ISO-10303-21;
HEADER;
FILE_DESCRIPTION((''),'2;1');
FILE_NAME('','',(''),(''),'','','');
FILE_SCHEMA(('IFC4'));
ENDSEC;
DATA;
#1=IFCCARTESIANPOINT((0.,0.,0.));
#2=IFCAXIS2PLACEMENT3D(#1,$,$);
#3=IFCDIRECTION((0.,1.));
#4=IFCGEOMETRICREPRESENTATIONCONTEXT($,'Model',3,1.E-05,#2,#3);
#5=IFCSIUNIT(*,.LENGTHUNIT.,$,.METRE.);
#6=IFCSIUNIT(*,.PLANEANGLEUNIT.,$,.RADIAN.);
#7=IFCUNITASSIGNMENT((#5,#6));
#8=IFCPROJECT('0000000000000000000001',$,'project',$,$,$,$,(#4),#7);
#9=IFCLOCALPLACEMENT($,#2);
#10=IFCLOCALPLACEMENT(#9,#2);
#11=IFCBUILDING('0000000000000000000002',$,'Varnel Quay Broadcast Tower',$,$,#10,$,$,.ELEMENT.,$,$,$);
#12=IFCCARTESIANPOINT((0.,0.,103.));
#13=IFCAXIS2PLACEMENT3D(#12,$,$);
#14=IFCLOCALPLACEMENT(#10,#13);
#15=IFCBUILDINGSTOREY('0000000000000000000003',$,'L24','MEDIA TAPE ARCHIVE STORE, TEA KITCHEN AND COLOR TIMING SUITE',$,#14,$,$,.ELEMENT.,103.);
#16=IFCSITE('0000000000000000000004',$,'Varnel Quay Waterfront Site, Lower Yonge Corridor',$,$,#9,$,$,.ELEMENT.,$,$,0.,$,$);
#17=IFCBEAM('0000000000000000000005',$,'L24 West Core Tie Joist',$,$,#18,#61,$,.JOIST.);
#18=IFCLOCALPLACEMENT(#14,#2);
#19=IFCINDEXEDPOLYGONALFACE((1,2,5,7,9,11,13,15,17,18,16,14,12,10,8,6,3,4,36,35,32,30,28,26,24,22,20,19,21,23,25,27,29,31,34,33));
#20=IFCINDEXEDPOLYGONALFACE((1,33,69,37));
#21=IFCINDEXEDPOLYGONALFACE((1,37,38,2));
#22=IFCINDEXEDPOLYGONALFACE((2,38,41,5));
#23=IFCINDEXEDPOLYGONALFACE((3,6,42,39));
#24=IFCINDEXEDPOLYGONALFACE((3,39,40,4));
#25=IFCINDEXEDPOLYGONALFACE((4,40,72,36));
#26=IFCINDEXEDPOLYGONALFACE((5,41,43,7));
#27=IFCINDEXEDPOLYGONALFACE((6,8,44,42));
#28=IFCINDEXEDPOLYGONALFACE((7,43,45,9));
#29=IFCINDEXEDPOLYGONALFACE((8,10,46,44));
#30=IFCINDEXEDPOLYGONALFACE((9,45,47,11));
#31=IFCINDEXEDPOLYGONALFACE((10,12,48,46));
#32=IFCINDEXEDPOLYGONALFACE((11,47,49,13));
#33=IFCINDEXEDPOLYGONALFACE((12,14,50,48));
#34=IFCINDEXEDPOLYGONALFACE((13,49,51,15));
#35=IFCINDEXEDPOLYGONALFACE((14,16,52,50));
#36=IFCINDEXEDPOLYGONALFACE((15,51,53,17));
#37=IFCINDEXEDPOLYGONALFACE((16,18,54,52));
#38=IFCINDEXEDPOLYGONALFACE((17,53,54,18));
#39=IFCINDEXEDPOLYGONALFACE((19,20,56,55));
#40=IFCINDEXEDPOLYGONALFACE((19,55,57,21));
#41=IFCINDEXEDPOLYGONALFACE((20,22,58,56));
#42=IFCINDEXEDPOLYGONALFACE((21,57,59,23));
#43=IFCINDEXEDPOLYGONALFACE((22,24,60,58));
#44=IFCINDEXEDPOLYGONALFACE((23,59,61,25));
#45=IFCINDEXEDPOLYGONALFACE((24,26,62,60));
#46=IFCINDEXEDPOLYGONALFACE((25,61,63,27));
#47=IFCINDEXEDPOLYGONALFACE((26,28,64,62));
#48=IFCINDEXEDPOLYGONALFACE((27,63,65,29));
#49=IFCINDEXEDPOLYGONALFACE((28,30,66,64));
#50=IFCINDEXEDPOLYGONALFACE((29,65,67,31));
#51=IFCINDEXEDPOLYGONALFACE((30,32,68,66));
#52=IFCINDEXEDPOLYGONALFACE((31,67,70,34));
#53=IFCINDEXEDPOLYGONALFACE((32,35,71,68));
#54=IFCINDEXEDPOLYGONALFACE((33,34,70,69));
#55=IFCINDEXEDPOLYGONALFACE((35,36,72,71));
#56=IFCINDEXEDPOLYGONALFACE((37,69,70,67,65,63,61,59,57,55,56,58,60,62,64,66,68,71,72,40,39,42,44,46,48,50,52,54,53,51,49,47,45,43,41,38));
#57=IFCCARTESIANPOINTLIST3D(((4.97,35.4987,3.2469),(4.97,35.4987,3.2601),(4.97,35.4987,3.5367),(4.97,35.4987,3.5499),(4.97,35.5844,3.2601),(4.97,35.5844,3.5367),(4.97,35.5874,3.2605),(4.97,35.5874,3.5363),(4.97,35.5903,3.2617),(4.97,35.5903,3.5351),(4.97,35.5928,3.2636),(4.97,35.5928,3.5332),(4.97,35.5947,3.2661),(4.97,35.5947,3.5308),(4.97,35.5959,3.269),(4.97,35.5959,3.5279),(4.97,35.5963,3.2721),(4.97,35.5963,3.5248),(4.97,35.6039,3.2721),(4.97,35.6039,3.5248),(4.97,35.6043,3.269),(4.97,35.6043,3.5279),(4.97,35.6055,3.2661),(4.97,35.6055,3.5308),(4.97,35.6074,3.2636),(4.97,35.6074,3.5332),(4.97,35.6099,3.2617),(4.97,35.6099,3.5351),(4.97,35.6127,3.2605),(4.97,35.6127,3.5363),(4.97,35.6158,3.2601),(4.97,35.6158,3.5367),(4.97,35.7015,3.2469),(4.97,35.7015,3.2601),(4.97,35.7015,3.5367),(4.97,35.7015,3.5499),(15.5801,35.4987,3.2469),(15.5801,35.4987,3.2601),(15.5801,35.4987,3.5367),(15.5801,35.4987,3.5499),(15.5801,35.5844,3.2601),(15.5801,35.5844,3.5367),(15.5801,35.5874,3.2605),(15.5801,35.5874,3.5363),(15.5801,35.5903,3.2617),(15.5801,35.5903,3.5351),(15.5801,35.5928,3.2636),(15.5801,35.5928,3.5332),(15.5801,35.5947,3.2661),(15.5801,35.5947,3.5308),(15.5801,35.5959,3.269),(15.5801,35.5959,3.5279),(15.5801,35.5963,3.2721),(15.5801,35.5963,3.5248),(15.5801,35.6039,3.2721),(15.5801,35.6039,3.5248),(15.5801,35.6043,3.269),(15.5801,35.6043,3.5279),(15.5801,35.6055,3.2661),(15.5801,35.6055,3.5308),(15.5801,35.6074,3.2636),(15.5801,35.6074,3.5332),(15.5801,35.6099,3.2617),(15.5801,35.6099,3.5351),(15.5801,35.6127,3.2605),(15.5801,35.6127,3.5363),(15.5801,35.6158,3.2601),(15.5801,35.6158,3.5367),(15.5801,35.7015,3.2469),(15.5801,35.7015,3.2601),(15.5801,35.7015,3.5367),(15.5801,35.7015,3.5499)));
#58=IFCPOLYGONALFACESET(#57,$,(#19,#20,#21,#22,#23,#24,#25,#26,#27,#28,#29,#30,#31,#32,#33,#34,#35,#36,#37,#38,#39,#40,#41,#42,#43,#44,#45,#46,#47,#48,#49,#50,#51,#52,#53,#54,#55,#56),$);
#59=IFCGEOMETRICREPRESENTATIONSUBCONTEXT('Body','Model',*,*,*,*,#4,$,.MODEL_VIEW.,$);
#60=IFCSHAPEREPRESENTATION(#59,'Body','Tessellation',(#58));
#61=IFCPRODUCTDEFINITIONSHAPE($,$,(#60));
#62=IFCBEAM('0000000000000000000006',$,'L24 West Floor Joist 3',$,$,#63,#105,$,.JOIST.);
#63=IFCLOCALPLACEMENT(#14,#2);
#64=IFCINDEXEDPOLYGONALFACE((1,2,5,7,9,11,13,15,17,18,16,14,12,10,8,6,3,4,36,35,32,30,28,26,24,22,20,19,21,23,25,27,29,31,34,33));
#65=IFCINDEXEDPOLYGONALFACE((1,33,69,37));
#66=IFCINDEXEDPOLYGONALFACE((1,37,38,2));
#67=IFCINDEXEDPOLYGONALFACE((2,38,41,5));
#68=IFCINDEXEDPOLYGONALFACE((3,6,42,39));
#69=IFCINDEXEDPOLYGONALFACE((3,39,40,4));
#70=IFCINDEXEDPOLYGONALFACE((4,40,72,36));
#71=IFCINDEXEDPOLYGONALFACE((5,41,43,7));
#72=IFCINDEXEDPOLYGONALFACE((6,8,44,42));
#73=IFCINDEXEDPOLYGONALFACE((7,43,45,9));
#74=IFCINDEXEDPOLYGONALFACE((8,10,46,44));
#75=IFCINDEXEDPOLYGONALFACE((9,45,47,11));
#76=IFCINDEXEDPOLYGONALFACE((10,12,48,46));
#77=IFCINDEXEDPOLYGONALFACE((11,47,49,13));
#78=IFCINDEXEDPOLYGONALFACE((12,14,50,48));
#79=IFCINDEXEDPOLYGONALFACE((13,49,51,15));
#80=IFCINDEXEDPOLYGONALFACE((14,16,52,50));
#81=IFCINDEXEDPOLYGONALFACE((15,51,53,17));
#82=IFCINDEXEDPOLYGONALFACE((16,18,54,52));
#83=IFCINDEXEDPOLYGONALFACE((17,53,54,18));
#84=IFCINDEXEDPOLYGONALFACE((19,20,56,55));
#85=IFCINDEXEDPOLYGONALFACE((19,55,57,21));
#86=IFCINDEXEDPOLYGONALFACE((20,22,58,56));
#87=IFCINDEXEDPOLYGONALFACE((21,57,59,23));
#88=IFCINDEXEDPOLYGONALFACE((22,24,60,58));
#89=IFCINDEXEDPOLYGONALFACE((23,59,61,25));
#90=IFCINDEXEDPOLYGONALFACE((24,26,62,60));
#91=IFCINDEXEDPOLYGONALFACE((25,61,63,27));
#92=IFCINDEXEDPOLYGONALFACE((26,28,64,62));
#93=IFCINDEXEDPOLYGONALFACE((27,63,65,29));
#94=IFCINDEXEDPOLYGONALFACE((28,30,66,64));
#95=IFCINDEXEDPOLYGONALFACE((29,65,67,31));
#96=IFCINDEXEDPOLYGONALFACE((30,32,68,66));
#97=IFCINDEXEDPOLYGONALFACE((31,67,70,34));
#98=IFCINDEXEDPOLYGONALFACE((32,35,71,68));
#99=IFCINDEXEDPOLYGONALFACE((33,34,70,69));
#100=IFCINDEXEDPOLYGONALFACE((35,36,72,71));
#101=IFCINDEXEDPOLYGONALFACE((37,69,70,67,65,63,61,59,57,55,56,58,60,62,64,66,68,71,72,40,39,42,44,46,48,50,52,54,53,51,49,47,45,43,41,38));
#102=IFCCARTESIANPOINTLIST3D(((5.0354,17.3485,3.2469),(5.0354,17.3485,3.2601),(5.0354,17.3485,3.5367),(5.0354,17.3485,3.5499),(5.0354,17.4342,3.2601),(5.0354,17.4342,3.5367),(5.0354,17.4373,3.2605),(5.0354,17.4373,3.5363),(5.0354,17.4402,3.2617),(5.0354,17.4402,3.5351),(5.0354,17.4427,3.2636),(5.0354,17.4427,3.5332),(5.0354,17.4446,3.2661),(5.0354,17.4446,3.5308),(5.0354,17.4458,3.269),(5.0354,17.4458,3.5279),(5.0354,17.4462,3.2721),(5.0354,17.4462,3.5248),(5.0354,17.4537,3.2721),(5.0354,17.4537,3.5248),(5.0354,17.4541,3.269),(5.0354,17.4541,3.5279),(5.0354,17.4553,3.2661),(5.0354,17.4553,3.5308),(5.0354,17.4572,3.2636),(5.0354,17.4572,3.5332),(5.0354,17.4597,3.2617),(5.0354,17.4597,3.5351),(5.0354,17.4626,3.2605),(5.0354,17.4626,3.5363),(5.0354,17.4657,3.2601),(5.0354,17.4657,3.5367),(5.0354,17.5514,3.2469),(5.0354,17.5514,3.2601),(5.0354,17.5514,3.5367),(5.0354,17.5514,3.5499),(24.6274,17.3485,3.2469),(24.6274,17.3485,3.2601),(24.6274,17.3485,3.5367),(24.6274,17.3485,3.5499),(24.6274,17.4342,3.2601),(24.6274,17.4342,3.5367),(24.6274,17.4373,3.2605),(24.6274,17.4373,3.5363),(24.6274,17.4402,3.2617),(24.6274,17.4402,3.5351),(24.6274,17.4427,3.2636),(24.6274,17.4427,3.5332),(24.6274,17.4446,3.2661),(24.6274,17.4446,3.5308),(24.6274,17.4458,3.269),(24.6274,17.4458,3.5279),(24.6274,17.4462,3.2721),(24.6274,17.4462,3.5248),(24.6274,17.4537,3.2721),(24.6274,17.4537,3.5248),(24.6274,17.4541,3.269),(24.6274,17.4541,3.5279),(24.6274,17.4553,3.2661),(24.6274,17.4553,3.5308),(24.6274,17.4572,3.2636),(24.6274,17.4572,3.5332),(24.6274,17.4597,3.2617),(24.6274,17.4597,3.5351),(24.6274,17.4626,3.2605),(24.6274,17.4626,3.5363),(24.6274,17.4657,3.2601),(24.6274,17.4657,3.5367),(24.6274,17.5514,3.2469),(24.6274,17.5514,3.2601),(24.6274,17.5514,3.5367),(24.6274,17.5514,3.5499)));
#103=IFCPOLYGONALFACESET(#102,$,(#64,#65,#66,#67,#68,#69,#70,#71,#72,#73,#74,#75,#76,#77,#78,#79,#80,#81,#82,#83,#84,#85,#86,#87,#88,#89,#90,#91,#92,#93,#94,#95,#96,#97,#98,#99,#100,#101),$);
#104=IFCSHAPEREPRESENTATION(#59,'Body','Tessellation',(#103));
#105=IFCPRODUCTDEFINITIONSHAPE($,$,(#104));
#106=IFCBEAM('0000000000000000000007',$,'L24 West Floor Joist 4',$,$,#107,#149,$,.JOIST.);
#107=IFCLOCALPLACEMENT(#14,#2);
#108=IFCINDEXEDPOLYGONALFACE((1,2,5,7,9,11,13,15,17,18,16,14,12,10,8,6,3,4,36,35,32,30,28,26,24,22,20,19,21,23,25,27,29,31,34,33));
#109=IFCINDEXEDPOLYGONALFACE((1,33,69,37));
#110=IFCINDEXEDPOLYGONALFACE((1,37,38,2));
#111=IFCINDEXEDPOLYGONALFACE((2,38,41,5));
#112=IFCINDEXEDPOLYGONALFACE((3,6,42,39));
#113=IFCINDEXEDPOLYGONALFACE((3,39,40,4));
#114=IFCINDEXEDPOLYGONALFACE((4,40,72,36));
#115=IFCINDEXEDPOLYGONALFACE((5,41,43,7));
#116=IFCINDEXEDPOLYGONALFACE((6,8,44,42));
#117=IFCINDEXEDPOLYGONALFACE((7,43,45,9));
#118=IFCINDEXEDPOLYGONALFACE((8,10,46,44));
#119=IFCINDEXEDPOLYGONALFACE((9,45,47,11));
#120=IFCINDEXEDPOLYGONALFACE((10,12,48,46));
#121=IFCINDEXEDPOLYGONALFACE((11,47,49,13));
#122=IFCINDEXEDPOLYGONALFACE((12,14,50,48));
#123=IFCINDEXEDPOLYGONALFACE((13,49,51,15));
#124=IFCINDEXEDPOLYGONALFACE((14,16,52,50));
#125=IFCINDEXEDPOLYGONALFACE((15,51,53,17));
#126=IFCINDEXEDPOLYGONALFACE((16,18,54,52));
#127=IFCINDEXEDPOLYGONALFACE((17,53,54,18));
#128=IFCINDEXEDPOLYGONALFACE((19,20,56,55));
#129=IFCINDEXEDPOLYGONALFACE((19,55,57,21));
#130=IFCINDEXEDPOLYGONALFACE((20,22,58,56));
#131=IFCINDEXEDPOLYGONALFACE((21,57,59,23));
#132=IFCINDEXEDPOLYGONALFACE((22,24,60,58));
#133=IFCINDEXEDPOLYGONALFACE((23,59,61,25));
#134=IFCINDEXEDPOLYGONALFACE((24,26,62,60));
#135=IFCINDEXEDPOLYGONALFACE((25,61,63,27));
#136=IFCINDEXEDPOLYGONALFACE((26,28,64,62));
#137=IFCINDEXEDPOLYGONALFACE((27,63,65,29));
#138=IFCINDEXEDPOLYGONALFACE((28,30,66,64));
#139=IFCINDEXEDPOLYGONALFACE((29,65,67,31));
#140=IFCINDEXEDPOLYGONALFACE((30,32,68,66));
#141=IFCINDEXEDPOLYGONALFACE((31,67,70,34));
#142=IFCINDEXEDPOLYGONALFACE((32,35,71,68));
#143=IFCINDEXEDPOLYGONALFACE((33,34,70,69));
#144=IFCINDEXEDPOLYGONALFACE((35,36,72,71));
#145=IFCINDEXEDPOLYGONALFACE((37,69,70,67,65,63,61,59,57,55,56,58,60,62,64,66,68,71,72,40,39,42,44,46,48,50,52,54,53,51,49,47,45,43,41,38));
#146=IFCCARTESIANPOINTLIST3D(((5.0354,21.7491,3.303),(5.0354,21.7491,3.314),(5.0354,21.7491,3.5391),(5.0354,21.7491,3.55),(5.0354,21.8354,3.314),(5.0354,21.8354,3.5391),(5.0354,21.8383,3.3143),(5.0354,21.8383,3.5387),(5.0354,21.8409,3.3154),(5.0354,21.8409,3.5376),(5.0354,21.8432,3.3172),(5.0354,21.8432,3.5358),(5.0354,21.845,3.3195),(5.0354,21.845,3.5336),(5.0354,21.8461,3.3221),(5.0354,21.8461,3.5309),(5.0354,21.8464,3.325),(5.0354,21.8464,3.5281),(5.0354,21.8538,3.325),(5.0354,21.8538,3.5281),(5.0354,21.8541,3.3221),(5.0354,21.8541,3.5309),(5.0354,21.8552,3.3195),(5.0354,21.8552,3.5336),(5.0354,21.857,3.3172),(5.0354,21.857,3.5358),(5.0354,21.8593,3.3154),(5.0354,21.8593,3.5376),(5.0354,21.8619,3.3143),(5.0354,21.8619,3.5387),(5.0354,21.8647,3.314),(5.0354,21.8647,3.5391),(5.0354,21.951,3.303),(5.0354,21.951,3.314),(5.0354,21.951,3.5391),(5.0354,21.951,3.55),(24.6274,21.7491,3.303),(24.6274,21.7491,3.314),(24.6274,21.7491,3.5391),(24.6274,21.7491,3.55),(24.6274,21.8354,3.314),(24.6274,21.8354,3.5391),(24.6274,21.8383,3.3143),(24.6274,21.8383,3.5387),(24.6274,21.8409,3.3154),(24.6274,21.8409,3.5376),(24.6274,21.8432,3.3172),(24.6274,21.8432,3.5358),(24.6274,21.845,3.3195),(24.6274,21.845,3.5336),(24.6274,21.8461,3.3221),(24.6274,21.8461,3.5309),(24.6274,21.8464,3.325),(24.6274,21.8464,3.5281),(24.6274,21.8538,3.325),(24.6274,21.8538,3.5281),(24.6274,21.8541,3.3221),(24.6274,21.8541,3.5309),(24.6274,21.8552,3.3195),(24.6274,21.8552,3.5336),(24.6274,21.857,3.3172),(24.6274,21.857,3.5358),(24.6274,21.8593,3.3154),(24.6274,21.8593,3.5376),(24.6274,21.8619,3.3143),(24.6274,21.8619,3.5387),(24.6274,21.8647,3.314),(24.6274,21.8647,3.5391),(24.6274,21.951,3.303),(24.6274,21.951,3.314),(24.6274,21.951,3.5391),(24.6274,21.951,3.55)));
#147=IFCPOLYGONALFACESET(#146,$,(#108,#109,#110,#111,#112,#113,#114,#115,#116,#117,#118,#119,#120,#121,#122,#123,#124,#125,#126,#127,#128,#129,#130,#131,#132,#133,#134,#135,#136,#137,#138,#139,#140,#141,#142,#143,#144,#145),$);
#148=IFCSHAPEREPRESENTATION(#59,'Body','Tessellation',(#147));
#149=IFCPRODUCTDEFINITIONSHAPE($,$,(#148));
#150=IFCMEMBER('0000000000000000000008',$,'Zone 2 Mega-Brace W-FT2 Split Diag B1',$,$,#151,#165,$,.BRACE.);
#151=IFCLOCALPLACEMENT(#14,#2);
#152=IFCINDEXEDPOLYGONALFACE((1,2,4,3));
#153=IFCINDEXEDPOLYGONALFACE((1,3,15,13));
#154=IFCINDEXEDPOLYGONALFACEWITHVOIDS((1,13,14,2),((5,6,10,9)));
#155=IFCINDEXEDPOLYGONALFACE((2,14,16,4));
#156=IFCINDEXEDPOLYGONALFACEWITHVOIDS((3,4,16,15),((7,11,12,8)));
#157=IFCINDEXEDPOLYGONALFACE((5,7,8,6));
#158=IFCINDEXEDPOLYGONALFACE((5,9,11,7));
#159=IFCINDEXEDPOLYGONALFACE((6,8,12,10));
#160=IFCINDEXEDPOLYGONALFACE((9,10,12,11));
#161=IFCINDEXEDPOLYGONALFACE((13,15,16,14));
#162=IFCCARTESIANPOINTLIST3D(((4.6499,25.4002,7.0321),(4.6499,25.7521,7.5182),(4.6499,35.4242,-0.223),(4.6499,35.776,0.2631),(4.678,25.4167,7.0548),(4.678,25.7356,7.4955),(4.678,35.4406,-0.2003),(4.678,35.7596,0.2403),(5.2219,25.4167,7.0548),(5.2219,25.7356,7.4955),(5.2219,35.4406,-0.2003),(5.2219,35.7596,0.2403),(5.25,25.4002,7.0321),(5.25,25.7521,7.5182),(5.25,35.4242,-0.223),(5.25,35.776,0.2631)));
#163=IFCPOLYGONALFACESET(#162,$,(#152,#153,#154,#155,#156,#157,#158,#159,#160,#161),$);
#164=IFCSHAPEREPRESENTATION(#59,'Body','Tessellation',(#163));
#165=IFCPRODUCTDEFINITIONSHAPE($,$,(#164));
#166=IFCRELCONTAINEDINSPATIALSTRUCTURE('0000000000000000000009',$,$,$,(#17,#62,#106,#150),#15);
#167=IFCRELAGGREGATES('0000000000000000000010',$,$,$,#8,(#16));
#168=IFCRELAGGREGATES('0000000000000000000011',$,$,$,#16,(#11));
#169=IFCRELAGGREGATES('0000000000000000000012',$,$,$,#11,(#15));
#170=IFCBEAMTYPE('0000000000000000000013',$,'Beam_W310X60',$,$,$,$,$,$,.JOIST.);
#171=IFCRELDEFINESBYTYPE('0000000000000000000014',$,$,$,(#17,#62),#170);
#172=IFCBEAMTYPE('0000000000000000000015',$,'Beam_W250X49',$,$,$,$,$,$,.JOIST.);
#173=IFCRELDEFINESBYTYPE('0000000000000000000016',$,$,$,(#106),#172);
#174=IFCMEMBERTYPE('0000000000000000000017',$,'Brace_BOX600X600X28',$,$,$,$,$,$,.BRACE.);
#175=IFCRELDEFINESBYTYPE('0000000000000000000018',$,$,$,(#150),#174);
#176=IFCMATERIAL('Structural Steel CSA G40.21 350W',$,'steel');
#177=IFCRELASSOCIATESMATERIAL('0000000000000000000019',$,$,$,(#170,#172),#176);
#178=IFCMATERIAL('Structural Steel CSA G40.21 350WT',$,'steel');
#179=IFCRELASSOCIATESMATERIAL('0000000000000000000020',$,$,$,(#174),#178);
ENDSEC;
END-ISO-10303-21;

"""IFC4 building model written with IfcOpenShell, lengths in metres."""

from ifc_helpers import new_model, si_unit, direction, frame, origin, origin_2d, place, context, subcontext, project, spatial, hollow_rectangle, i_section, extrude, source, transform, mapped, material, material_profile, profile_set, type_object, type_shapes, element, save


model = new_model("IFC4")

# Units and contexts
model_context = context("Model", 3, precision=1e-05, world=origin(), true_north=direction((0.0, 1.0)))
body_context = subcontext(model_context, "Body", "Model", "MODEL_VIEW")
ifc_project = project(units=[si_unit("LENGTHUNIT", "METRE"), si_unit("PLANEANGLEUNIT", "RADIAN")], contexts=[model_context])

# Site, building, storey
site_placement = place(None, origin())
site = spatial("IfcSite", under=ifc_project, at=site_placement, Name="Varnel Quay Waterfront Site, Lower Yonge Corridor", CompositionType="ELEMENT", RefElevation=0.0)
building_placement = place(site_placement, origin())
building = spatial("IfcBuilding", under=site, at=building_placement, Name="Varnel Quay Broadcast Tower", CompositionType="ELEMENT")
storey_placement = place(building_placement, frame((0.0, 0.0, 103.0)))
storey = spatial("IfcBuildingStorey", under=building, at=storey_placement, Name="L24", Description="MEDIA TAPE ARCHIVE STORE, TEA KITCHEN AND COLOR TIMING SUITE", CompositionType="ELEMENT", Elevation=103.0)

# Shared definitions
ifc_material_1 = material(Name="Structural Steel CSA G40.21 350W", Category="steel")

# Beams
ifc_material_profile_1 = material_profile(ifc_material_1, i_section(OverallWidth=0.2029, OverallDepth=0.303, WebThickness=0.0076, FlangeThickness=0.0132, FilletRadius=0.012, at=origin_2d()), Name="W310X60")
ifc_profile_set_1 = profile_set([ifc_material_profile_1], Name="Structural Steel CSA G40.21 350W")
beam_type_1 = type_object("IfcBeamType", Name="Beam_W310X60", PredefinedType="JOIST", material=ifc_profile_set_1)
shared_shape_1 = source(origin(), body_context, "Body", "SweptSolid", [
    extrude(i_section(OverallWidth=0.2029, OverallDepth=0.303, WebThickness=0.0076, FlangeThickness=0.0132, FilletRadius=0.012, at=origin_2d()), origin(), (0.0, 0.0, 1.0), 10.6101),
])
beam_1_placement = place(storey_placement, frame((4.97, 35.6001, 3.3984), z_axis=(1.0, 0.0, 0.0), x_axis=(0.0, 1.0, 0.0)))
element("IfcBeam", 1, at=beam_1_placement, inside=storey, type_object=beam_type_1, Name="L24 West Core Tie Joist", PredefinedType="JOIST", context=body_context, shape_type="MappedRepresentation", body=[
    mapped(shared_shape_1, transform((0.0, 0.0, 0.0), x_axis=(1.0, 0.0, 0.0), y_axis=(0.0, 1.0, 0.0), z_axis=(0.0, 0.0, 1.0), scale=1.0)),
])
shared_shape_2 = source(origin(), body_context, "Body", "SweptSolid", [
    extrude(i_section(OverallWidth=0.2029, OverallDepth=0.303, WebThickness=0.0076, FlangeThickness=0.0132, FilletRadius=0.012, at=origin_2d()), origin(), (0.0, 0.0, 1.0), 19.592),
])
type_shapes(beam_type_1, [shared_shape_1, shared_shape_2])
beam_2_placement = place(storey_placement, frame((5.0354, 17.45, 3.3984), z_axis=(1.0, 0.0, 0.0), x_axis=(0.0, 1.0, 0.0)))
element("IfcBeam", 2, at=beam_2_placement, inside=storey, type_object=beam_type_1, Name="L24 West Floor Joist 3", PredefinedType="JOIST", context=body_context, shape_type="MappedRepresentation", body=[
    mapped(shared_shape_2, transform((0.0, 0.0, 0.0), x_axis=(1.0, 0.0, 0.0), y_axis=(0.0, 1.0, 0.0), z_axis=(0.0, 0.0, 1.0), scale=1.0)),
])
ifc_material_profile_2 = material_profile(ifc_material_1, i_section(OverallWidth=0.2019, OverallDepth=0.2471, WebThickness=0.0073, FlangeThickness=0.011, FilletRadius=0.011, at=origin_2d()), Name="W250X49")
ifc_profile_set_2 = profile_set([ifc_material_profile_2], Name="Structural Steel CSA G40.21 350W")
beam_type_2 = type_object("IfcBeamType", Name="Beam_W250X49", PredefinedType="JOIST", material=ifc_profile_set_2)
shared_shape_3 = source(origin(), body_context, "Body", "SweptSolid", [
    extrude(i_section(OverallWidth=0.2019, OverallDepth=0.2471, WebThickness=0.0073, FlangeThickness=0.011, FilletRadius=0.011, at=origin_2d()), origin(), (0.0, 0.0, 1.0), 19.592),
])
type_shapes(beam_type_2, [shared_shape_3])
beam_3_placement = place(storey_placement, frame((5.0354, 21.8501, 3.4265), z_axis=(1.0, 0.0, 0.0), x_axis=(0.0, 1.0, 0.0)))
element("IfcBeam", 3, at=beam_3_placement, inside=storey, type_object=beam_type_2, Name="L24 West Floor Joist 4", PredefinedType="JOIST", context=body_context, shape_type="MappedRepresentation", body=[
    mapped(shared_shape_3, transform((0.0, 0.0, 0.0), x_axis=(1.0, 0.0, 0.0), y_axis=(0.0, 1.0, 0.0), z_axis=(0.0, 0.0, 1.0), scale=1.0)),
])

# Member
ifc_material_2 = material(Name="Structural Steel CSA G40.21 350WT", Category="steel")
ifc_material_profile_3 = material_profile(ifc_material_2, hollow_rectangle(XDim=0.6001, YDim=0.6001, WallThickness=0.0281, at=origin_2d()), Name="BOX600X600X28")
ifc_profile_set_3 = profile_set([ifc_material_profile_3], Name="Structural Steel CSA G40.21 350WT")
member_type_1 = type_object("IfcMemberType", Name="Brace_BOX600X600X28", PredefinedType="BRACE", material=ifc_profile_set_3)
shared_shape_4 = source(origin(), body_context, "Body", "SweptSolid", [
    extrude(hollow_rectangle(XDim=0.6001, YDim=0.6001, WallThickness=0.0281, at=origin_2d()), origin(), (0.0, 0.0, 1.0), 12.374),
])
type_shapes(member_type_1, [shared_shape_4])
member_1_placement = place(storey_placement, frame((4.95, 35.6001, 0.02), z_axis=(0.0, -0.810079, 0.58632), x_axis=(1.0, 0.0, 0.0)))
element("IfcMember", 4, at=member_1_placement, inside=storey, type_object=member_type_1, Name="Zone 2 Mega-Brace W-FT2 Split Diag B1", PredefinedType="BRACE", context=body_context, shape_type="MappedRepresentation", body=[
    mapped(shared_shape_4, transform((0.0, 0.0, 0.0), x_axis=(1.0, 0.0, 0.0), y_axis=(0.0, 1.0, 0.0), z_axis=(0.0, 0.0, 1.0), scale=1.0)),
])

save(model, "model.ifc")
